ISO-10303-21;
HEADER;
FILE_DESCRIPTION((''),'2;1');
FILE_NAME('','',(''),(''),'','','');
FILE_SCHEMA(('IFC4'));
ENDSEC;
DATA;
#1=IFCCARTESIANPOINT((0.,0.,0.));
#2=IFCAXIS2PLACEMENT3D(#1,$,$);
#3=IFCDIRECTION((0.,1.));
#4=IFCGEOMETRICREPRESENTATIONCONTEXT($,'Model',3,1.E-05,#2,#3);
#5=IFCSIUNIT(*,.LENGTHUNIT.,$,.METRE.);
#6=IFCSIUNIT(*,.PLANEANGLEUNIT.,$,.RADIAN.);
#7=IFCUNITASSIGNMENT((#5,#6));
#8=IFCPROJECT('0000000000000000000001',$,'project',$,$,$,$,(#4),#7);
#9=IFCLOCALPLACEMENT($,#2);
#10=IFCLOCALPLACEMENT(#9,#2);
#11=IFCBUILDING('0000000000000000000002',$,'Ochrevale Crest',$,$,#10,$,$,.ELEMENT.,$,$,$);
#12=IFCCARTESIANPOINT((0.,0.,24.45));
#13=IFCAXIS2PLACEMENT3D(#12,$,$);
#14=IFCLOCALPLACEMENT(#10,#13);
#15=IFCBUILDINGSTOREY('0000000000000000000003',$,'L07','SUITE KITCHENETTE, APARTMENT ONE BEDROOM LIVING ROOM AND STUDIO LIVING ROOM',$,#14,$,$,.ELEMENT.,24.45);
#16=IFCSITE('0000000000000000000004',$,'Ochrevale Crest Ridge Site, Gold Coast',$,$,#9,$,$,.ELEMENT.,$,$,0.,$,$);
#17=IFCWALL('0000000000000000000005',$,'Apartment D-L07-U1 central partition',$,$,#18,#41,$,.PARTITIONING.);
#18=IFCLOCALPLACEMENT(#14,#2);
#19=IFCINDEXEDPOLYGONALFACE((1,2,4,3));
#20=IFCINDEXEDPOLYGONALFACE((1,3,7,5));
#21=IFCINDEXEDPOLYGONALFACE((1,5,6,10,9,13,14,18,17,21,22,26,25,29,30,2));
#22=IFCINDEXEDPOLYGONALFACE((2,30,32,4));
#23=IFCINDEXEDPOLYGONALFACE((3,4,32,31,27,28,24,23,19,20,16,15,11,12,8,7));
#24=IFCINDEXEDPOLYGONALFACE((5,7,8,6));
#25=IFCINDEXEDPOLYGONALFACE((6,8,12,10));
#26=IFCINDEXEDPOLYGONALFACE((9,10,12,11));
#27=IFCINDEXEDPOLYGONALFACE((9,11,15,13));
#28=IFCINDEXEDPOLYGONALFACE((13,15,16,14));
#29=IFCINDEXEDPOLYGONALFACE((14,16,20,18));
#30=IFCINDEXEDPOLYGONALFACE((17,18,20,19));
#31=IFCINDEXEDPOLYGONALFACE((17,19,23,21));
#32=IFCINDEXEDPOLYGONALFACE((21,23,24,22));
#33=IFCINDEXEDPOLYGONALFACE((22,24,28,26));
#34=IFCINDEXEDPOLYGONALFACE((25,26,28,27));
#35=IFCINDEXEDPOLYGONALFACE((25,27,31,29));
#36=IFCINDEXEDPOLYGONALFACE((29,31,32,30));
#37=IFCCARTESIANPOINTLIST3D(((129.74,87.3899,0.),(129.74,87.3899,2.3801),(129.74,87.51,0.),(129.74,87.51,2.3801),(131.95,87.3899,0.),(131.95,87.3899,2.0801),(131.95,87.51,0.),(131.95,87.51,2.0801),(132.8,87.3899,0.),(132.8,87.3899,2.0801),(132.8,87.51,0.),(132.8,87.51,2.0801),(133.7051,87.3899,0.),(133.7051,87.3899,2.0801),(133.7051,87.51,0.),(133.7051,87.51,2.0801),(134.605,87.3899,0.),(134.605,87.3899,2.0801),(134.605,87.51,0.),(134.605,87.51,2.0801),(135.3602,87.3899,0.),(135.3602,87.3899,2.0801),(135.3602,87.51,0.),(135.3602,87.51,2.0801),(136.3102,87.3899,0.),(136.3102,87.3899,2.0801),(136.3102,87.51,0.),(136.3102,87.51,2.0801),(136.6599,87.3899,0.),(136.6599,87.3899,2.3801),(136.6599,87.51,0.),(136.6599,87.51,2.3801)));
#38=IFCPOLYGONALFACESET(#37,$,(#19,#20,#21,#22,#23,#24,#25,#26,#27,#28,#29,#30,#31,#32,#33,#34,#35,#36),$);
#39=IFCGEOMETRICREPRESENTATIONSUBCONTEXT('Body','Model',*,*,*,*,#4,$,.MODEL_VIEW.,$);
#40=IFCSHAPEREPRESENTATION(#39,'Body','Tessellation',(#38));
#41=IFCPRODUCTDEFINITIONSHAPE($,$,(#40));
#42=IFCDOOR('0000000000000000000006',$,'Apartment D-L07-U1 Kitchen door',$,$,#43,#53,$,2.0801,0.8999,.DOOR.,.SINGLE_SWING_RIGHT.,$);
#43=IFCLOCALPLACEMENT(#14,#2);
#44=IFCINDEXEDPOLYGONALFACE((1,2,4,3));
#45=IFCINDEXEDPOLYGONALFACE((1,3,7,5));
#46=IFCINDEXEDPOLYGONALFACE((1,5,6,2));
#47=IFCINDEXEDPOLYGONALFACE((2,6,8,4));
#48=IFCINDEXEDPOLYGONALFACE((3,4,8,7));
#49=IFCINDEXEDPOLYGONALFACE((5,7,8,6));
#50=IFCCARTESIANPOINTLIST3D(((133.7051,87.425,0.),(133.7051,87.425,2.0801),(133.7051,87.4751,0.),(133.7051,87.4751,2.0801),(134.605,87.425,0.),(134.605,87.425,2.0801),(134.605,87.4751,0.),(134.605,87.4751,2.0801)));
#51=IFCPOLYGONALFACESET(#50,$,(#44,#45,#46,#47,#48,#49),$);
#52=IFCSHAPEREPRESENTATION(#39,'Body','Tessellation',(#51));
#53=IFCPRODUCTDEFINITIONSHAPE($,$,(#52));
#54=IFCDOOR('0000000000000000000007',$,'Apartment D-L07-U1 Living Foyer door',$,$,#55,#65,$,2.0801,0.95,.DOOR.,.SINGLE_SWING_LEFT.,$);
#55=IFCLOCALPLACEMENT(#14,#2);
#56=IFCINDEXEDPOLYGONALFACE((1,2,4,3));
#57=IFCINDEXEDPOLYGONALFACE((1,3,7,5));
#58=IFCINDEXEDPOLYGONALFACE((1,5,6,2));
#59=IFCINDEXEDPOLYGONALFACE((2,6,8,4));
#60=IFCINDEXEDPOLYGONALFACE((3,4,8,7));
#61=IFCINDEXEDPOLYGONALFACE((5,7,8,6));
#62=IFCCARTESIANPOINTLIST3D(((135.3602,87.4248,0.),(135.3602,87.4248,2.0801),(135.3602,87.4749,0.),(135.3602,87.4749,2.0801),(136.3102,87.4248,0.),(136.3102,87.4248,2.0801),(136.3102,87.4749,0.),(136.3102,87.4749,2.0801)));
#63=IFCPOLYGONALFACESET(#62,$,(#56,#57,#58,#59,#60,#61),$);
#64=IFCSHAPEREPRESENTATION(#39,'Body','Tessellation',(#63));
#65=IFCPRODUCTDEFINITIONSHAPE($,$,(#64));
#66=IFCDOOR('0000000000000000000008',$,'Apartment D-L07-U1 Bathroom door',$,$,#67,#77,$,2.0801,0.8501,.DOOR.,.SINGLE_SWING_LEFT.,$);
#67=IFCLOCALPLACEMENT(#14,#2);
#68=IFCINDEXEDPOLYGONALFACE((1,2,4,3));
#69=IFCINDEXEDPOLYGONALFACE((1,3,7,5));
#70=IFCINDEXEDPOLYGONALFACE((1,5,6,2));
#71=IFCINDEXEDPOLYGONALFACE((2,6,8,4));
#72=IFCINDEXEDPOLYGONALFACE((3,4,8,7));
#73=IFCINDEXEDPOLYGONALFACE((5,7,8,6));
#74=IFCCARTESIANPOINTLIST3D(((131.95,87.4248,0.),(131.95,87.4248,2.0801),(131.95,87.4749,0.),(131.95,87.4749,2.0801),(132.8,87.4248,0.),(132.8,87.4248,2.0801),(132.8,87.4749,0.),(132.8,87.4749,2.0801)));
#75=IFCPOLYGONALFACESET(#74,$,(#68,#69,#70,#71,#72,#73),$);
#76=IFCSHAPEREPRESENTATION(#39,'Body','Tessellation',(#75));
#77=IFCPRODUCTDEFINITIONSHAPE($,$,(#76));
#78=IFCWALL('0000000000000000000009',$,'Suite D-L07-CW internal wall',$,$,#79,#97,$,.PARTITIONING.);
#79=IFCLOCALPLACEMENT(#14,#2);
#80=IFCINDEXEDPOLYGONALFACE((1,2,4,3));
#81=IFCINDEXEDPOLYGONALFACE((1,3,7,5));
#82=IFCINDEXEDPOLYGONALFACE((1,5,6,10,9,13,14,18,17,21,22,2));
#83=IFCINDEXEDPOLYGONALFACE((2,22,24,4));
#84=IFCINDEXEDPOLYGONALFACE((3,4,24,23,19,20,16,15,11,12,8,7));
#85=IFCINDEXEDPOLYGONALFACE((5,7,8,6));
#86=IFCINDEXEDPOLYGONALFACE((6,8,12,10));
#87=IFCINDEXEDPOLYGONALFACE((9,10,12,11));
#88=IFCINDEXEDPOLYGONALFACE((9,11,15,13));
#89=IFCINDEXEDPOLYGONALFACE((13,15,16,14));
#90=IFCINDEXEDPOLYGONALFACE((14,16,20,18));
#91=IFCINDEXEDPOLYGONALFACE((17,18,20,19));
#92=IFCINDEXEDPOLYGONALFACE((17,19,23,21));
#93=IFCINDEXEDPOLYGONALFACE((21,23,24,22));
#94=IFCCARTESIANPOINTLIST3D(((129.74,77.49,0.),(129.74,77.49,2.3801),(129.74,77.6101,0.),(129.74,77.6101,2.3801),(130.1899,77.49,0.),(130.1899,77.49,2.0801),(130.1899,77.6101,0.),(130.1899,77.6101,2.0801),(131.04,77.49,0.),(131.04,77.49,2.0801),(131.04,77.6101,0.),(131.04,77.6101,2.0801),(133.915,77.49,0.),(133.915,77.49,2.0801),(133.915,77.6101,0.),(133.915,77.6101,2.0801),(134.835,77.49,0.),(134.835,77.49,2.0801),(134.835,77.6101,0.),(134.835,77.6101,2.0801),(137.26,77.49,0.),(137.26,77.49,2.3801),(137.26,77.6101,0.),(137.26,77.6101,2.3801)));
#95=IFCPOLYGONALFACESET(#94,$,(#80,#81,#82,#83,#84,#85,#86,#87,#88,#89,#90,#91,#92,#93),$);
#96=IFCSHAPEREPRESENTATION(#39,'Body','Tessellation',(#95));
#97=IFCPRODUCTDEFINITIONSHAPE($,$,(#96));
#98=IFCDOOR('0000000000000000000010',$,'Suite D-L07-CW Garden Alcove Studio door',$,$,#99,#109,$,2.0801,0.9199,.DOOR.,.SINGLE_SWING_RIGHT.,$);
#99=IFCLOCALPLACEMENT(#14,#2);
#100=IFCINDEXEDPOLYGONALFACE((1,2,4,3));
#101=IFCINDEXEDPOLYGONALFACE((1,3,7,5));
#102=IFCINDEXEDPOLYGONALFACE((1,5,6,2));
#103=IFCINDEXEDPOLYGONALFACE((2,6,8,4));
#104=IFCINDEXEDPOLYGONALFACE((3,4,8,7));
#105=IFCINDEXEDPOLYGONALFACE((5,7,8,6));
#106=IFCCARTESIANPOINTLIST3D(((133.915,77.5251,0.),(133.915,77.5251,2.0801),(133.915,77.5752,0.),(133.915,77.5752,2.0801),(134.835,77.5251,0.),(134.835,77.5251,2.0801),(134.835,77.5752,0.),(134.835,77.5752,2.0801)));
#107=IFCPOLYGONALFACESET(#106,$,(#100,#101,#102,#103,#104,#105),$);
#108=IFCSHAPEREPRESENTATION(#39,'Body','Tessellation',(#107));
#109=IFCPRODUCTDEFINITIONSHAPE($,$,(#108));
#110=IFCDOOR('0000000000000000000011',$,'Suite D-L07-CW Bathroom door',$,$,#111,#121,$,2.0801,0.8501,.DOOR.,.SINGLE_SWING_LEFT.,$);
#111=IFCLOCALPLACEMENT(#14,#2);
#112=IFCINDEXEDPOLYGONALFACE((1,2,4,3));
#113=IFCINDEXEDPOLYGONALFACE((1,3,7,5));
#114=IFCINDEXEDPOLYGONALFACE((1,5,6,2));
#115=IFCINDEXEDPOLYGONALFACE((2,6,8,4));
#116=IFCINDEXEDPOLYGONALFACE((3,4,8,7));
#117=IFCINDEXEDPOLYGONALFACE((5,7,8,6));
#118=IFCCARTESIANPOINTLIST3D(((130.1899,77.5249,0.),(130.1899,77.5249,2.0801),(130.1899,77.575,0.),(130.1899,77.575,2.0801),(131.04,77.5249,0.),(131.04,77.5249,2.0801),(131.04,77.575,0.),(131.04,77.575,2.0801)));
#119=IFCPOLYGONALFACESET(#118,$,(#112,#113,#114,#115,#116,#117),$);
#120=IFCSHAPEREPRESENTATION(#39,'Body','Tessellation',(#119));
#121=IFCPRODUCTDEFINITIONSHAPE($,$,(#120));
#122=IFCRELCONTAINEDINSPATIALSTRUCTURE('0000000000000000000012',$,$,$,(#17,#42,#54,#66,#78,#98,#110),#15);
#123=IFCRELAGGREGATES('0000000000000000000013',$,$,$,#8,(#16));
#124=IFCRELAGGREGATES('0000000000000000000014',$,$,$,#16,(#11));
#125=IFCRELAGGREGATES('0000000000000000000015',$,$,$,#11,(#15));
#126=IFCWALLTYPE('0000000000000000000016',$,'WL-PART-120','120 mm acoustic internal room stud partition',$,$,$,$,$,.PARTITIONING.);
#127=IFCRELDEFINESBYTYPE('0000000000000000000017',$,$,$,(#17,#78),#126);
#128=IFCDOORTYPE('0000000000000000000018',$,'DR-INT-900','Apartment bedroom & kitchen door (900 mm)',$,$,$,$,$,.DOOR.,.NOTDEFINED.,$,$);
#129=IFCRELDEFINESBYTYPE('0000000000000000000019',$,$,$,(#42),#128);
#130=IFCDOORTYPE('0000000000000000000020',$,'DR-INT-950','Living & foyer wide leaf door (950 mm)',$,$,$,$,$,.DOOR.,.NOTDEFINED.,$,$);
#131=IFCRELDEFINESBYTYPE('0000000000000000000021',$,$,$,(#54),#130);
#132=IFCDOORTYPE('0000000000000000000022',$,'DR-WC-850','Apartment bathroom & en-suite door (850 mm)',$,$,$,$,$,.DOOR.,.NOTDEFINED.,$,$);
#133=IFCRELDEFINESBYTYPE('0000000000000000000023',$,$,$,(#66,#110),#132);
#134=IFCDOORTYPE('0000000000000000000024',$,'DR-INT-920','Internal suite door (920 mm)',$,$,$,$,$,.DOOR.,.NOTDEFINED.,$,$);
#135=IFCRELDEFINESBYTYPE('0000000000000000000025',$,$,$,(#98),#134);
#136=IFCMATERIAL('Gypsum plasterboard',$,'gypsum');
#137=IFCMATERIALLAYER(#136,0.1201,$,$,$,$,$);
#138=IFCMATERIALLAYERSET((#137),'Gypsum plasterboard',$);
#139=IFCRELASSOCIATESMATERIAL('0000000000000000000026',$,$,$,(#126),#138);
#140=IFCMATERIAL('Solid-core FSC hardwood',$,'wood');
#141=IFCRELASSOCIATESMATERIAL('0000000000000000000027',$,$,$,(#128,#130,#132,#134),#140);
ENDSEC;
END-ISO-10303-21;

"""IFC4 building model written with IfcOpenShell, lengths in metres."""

from ifc_helpers import new_model, si_unit, direction, frame, frame_2d, origin, place, context, subcontext, project, spatial, rectangle, extrude, material, layer, layer_set, type_object, element, fill, save


model = new_model("IFC4")

# Units and contexts
model_context = context("Model", 3, precision=1e-05, world=origin(), true_north=direction((0.0, 1.0)))
body_context = subcontext(model_context, "Body", "Model", "MODEL_VIEW")
ifc_project = project(units=[si_unit("LENGTHUNIT", "METRE"), si_unit("PLANEANGLEUNIT", "RADIAN")], contexts=[model_context])

# Site, building, storey
site_placement = place(None, origin())
site = spatial("IfcSite", under=ifc_project, at=site_placement, Name="Ochrevale Crest Ridge Site, Gold Coast", CompositionType="ELEMENT", RefElevation=0.0)
building_placement = place(site_placement, origin())
building = spatial("IfcBuilding", under=site, at=building_placement, Name="Ochrevale Crest", CompositionType="ELEMENT")
storey_placement = place(building_placement, frame((0.0, 0.0, 24.45)))
storey = spatial("IfcBuildingStorey", under=building, at=storey_placement, Name="L07", Description="SUITE KITCHENETTE, APARTMENT ONE BEDROOM LIVING ROOM AND STUDIO LIVING ROOM", CompositionType="ELEMENT", Elevation=24.45)

# Shared definitions
ifc_material_1 = material(Name="Gypsum plasterboard", Category="gypsum")
ifc_material_2 = material(Name="Solid-core FSC hardwood", Category="wood")

# Walls, openings, doors
ifc_layer_1 = layer(ifc_material_1, 0.1201)
ifc_layer_set_1 = layer_set([ifc_layer_1], Name="Gypsum plasterboard")
wall_type_1 = type_object("IfcWallType", Name="WL-PART-120", Description="120 mm acoustic internal room stud partition", PredefinedType="PARTITIONING", material=ifc_layer_set_1)
wall_1_placement = place(storey_placement, frame((129.74, 87.45, 0.0), z_axis=(0.0, 0.0, 1.0), x_axis=(1.0, 0.0, 0.0)))
wall_1 = element("IfcWall", 1, at=wall_1_placement, inside=storey, type_object=wall_type_1, Name="Apartment D-L07-U1 central partition", PredefinedType="PARTITIONING", context=body_context, shape_type="SweptSolid", body=[
    extrude(rectangle(XDim=6.9199, YDim=0.1201, at=frame_2d((3.46, 0.0))), origin(), (0.0, 0.0, 1.0), 2.3801),
])
opening_1_placement = place(wall_1_placement, frame((2.21, 0.0, 0.0)))
opening_1 = element("IfcOpeningElement", 2, at=opening_1_placement, cuts=wall_1, PredefinedType="OPENING", context=body_context, shape_type="SweptSolid", body=[
    extrude(rectangle(XDim=0.8501, YDim=2.0801, at=frame_2d((0.425, 1.04))), frame((0.0, 0.0701, 0.0), z_axis=(0.0, -1.0, 0.0), x_axis=(1.0, 0.0, 0.0)), (0.0, 0.0, 1.0), 0.1401),
])
opening_2_placement = place(wall_1_placement, frame((4.865, 0.0, 0.0), z_axis=(0.0, 0.0, 1.0), x_axis=(-1.0, 0.0, 0.0)))
opening_2 = element("IfcOpeningElement", 3, at=opening_2_placement, cuts=wall_1, PredefinedType="OPENING", context=body_context, shape_type="SweptSolid", body=[
    extrude(rectangle(XDim=0.8999, YDim=2.0801, at=frame_2d((0.45, 1.04))), frame((0.0, 0.0701, 0.0), z_axis=(0.0, -1.0, 0.0), x_axis=(1.0, 0.0, 0.0)), (0.0, 0.0, 1.0), 0.1401),
])
opening_3_placement = place(wall_1_placement, frame((5.6201, 0.0, 0.0)))
opening_3 = element("IfcOpeningElement", 4, at=opening_3_placement, cuts=wall_1, PredefinedType="OPENING", context=body_context, shape_type="SweptSolid", body=[
    extrude(rectangle(XDim=0.95, YDim=2.0801, at=frame_2d((0.4751, 1.04))), frame((0.0, 0.0701, 0.0), z_axis=(0.0, -1.0, 0.0), x_axis=(1.0, 0.0, 0.0)), (0.0, 0.0, 1.0), 0.1401),
])
door_type_1 = type_object("IfcDoorType", Name="DR-INT-900", Description="Apartment bedroom & kitchen door (900 mm)", OperationType="NOTDEFINED", PredefinedType="DOOR", material=ifc_material_2)
door_1_placement = place(opening_2_placement, origin())
door_1 = element("IfcDoor", 5, at=door_1_placement, inside=storey, type_object=door_type_1, Name="Apartment D-L07-U1 Kitchen door", OperationType="SINGLE_SWING_RIGHT", OverallHeight=2.0801, OverallWidth=0.8999, PredefinedType="DOOR", context=body_context, shape_type="SweptSolid", body=[
    extrude(rectangle(XDim=0.8999, YDim=2.0801, at=frame_2d((0.45, 1.04))), frame((0.0, 0.0249, 0.0), z_axis=(0.0, -1.0, 0.0), x_axis=(1.0, 0.0, 0.0)), (0.0, 0.0, 1.0), 0.05),
])
fill(opening_2, door_1)
door_type_2 = type_object("IfcDoorType", Name="DR-INT-950", Description="Living & foyer wide leaf door (950 mm)", OperationType="NOTDEFINED", PredefinedType="DOOR", material=ifc_material_2)
door_2_placement = place(opening_3_placement, origin())
door_2 = element("IfcDoor", 6, at=door_2_placement, inside=storey, type_object=door_type_2, Name="Apartment D-L07-U1 Living Foyer door", OperationType="SINGLE_SWING_LEFT", OverallHeight=2.0801, OverallWidth=0.95, PredefinedType="DOOR", context=body_context, shape_type="SweptSolid", body=[
    extrude(rectangle(XDim=0.95, YDim=2.0801, at=frame_2d((0.4751, 1.04))), frame((0.0, 0.0249, 0.0), z_axis=(0.0, -1.0, 0.0), x_axis=(1.0, 0.0, 0.0)), (0.0, 0.0, 1.0), 0.05),
])
fill(opening_3, door_2)
door_type_3 = type_object("IfcDoorType", Name="DR-WC-850", Description="Apartment bathroom & en-suite door (850 mm)", OperationType="NOTDEFINED", PredefinedType="DOOR", material=ifc_material_2)
door_3_placement = place(opening_1_placement, origin())
door_3 = element("IfcDoor", 7, at=door_3_placement, inside=storey, type_object=door_type_3, Name="Apartment D-L07-U1 Bathroom door", OperationType="SINGLE_SWING_LEFT", OverallHeight=2.0801, OverallWidth=0.8501, PredefinedType="DOOR", context=body_context, shape_type="SweptSolid", body=[
    extrude(rectangle(XDim=0.8501, YDim=2.0801, at=frame_2d((0.425, 1.04))), frame((0.0, 0.0249, 0.0), z_axis=(0.0, -1.0, 0.0), x_axis=(1.0, 0.0, 0.0)), (0.0, 0.0, 1.0), 0.05),
])
fill(opening_1, door_3)
wall_2_placement = place(storey_placement, frame((129.74, 77.55, 0.0), z_axis=(0.0, 0.0, 1.0), x_axis=(1.0, 0.0, 0.0)))
wall_2 = element("IfcWall", 8, at=wall_2_placement, inside=storey, type_object=wall_type_1, Name="Suite D-L07-CW internal wall", PredefinedType="PARTITIONING", context=body_context, shape_type="SweptSolid", body=[
    extrude(rectangle(XDim=7.52, YDim=0.1201, at=frame_2d((3.76, 0.0))), origin(), (0.0, 0.0, 1.0), 2.3801),
])
opening_4_placement = place(wall_2_placement, frame((0.45, 0.0, 0.0)))
opening_4 = element("IfcOpeningElement", 9, at=opening_4_placement, cuts=wall_2, PredefinedType="OPENING", context=body_context, shape_type="SweptSolid", body=[
    extrude(rectangle(XDim=0.8501, YDim=2.0801, at=frame_2d((0.425, 1.04))), frame((0.0, 0.0701, 0.0), z_axis=(0.0, -1.0, 0.0), x_axis=(1.0, 0.0, 0.0)), (0.0, 0.0, 1.0), 0.1401),
])
opening_5_placement = place(wall_2_placement, frame((5.095, 0.0, 0.0), z_axis=(0.0, 0.0, 1.0), x_axis=(-1.0, 0.0, 0.0)))
opening_5 = element("IfcOpeningElement", 10, at=opening_5_placement, cuts=wall_2, PredefinedType="OPENING", context=body_context, shape_type="SweptSolid", body=[
    extrude(rectangle(XDim=0.9199, YDim=2.0801, at=frame_2d((0.46, 1.04))), frame((0.0, 0.0701, 0.0), z_axis=(0.0, -1.0, 0.0), x_axis=(1.0, 0.0, 0.0)), (0.0, 0.0, 1.0), 0.1401),
])
door_type_4 = type_object("IfcDoorType", Name="DR-INT-920", Description="Internal suite door (920 mm)", OperationType="NOTDEFINED", PredefinedType="DOOR", material=ifc_material_2)
door_4_placement = place(opening_5_placement, origin())
door_4 = element("IfcDoor", 11, at=door_4_placement, inside=storey, type_object=door_type_4, Name="Suite D-L07-CW Garden Alcove Studio door", OperationType="SINGLE_SWING_RIGHT", OverallHeight=2.0801, OverallWidth=0.9199, PredefinedType="DOOR", context=body_context, shape_type="SweptSolid", body=[
    extrude(rectangle(XDim=0.9199, YDim=2.0801, at=frame_2d((0.46, 1.04))), frame((0.0, 0.0249, 0.0), z_axis=(0.0, -1.0, 0.0), x_axis=(1.0, 0.0, 0.0)), (0.0, 0.0, 1.0), 0.05),
])
fill(opening_5, door_4)
door_5_placement = place(opening_4_placement, origin())
door_5 = element("IfcDoor", 12, at=door_5_placement, inside=storey, type_object=door_type_3, Name="Suite D-L07-CW Bathroom door", OperationType="SINGLE_SWING_LEFT", OverallHeight=2.0801, OverallWidth=0.8501, PredefinedType="DOOR", context=body_context, shape_type="SweptSolid", body=[
    extrude(rectangle(XDim=0.8501, YDim=2.0801, at=frame_2d((0.425, 1.04))), frame((0.0, 0.0249, 0.0), z_axis=(0.0, -1.0, 0.0), x_axis=(1.0, 0.0, 0.0)), (0.0, 0.0, 1.0), 0.05),
])
fill(opening_4, door_5)

save(model, "model.ifc")
